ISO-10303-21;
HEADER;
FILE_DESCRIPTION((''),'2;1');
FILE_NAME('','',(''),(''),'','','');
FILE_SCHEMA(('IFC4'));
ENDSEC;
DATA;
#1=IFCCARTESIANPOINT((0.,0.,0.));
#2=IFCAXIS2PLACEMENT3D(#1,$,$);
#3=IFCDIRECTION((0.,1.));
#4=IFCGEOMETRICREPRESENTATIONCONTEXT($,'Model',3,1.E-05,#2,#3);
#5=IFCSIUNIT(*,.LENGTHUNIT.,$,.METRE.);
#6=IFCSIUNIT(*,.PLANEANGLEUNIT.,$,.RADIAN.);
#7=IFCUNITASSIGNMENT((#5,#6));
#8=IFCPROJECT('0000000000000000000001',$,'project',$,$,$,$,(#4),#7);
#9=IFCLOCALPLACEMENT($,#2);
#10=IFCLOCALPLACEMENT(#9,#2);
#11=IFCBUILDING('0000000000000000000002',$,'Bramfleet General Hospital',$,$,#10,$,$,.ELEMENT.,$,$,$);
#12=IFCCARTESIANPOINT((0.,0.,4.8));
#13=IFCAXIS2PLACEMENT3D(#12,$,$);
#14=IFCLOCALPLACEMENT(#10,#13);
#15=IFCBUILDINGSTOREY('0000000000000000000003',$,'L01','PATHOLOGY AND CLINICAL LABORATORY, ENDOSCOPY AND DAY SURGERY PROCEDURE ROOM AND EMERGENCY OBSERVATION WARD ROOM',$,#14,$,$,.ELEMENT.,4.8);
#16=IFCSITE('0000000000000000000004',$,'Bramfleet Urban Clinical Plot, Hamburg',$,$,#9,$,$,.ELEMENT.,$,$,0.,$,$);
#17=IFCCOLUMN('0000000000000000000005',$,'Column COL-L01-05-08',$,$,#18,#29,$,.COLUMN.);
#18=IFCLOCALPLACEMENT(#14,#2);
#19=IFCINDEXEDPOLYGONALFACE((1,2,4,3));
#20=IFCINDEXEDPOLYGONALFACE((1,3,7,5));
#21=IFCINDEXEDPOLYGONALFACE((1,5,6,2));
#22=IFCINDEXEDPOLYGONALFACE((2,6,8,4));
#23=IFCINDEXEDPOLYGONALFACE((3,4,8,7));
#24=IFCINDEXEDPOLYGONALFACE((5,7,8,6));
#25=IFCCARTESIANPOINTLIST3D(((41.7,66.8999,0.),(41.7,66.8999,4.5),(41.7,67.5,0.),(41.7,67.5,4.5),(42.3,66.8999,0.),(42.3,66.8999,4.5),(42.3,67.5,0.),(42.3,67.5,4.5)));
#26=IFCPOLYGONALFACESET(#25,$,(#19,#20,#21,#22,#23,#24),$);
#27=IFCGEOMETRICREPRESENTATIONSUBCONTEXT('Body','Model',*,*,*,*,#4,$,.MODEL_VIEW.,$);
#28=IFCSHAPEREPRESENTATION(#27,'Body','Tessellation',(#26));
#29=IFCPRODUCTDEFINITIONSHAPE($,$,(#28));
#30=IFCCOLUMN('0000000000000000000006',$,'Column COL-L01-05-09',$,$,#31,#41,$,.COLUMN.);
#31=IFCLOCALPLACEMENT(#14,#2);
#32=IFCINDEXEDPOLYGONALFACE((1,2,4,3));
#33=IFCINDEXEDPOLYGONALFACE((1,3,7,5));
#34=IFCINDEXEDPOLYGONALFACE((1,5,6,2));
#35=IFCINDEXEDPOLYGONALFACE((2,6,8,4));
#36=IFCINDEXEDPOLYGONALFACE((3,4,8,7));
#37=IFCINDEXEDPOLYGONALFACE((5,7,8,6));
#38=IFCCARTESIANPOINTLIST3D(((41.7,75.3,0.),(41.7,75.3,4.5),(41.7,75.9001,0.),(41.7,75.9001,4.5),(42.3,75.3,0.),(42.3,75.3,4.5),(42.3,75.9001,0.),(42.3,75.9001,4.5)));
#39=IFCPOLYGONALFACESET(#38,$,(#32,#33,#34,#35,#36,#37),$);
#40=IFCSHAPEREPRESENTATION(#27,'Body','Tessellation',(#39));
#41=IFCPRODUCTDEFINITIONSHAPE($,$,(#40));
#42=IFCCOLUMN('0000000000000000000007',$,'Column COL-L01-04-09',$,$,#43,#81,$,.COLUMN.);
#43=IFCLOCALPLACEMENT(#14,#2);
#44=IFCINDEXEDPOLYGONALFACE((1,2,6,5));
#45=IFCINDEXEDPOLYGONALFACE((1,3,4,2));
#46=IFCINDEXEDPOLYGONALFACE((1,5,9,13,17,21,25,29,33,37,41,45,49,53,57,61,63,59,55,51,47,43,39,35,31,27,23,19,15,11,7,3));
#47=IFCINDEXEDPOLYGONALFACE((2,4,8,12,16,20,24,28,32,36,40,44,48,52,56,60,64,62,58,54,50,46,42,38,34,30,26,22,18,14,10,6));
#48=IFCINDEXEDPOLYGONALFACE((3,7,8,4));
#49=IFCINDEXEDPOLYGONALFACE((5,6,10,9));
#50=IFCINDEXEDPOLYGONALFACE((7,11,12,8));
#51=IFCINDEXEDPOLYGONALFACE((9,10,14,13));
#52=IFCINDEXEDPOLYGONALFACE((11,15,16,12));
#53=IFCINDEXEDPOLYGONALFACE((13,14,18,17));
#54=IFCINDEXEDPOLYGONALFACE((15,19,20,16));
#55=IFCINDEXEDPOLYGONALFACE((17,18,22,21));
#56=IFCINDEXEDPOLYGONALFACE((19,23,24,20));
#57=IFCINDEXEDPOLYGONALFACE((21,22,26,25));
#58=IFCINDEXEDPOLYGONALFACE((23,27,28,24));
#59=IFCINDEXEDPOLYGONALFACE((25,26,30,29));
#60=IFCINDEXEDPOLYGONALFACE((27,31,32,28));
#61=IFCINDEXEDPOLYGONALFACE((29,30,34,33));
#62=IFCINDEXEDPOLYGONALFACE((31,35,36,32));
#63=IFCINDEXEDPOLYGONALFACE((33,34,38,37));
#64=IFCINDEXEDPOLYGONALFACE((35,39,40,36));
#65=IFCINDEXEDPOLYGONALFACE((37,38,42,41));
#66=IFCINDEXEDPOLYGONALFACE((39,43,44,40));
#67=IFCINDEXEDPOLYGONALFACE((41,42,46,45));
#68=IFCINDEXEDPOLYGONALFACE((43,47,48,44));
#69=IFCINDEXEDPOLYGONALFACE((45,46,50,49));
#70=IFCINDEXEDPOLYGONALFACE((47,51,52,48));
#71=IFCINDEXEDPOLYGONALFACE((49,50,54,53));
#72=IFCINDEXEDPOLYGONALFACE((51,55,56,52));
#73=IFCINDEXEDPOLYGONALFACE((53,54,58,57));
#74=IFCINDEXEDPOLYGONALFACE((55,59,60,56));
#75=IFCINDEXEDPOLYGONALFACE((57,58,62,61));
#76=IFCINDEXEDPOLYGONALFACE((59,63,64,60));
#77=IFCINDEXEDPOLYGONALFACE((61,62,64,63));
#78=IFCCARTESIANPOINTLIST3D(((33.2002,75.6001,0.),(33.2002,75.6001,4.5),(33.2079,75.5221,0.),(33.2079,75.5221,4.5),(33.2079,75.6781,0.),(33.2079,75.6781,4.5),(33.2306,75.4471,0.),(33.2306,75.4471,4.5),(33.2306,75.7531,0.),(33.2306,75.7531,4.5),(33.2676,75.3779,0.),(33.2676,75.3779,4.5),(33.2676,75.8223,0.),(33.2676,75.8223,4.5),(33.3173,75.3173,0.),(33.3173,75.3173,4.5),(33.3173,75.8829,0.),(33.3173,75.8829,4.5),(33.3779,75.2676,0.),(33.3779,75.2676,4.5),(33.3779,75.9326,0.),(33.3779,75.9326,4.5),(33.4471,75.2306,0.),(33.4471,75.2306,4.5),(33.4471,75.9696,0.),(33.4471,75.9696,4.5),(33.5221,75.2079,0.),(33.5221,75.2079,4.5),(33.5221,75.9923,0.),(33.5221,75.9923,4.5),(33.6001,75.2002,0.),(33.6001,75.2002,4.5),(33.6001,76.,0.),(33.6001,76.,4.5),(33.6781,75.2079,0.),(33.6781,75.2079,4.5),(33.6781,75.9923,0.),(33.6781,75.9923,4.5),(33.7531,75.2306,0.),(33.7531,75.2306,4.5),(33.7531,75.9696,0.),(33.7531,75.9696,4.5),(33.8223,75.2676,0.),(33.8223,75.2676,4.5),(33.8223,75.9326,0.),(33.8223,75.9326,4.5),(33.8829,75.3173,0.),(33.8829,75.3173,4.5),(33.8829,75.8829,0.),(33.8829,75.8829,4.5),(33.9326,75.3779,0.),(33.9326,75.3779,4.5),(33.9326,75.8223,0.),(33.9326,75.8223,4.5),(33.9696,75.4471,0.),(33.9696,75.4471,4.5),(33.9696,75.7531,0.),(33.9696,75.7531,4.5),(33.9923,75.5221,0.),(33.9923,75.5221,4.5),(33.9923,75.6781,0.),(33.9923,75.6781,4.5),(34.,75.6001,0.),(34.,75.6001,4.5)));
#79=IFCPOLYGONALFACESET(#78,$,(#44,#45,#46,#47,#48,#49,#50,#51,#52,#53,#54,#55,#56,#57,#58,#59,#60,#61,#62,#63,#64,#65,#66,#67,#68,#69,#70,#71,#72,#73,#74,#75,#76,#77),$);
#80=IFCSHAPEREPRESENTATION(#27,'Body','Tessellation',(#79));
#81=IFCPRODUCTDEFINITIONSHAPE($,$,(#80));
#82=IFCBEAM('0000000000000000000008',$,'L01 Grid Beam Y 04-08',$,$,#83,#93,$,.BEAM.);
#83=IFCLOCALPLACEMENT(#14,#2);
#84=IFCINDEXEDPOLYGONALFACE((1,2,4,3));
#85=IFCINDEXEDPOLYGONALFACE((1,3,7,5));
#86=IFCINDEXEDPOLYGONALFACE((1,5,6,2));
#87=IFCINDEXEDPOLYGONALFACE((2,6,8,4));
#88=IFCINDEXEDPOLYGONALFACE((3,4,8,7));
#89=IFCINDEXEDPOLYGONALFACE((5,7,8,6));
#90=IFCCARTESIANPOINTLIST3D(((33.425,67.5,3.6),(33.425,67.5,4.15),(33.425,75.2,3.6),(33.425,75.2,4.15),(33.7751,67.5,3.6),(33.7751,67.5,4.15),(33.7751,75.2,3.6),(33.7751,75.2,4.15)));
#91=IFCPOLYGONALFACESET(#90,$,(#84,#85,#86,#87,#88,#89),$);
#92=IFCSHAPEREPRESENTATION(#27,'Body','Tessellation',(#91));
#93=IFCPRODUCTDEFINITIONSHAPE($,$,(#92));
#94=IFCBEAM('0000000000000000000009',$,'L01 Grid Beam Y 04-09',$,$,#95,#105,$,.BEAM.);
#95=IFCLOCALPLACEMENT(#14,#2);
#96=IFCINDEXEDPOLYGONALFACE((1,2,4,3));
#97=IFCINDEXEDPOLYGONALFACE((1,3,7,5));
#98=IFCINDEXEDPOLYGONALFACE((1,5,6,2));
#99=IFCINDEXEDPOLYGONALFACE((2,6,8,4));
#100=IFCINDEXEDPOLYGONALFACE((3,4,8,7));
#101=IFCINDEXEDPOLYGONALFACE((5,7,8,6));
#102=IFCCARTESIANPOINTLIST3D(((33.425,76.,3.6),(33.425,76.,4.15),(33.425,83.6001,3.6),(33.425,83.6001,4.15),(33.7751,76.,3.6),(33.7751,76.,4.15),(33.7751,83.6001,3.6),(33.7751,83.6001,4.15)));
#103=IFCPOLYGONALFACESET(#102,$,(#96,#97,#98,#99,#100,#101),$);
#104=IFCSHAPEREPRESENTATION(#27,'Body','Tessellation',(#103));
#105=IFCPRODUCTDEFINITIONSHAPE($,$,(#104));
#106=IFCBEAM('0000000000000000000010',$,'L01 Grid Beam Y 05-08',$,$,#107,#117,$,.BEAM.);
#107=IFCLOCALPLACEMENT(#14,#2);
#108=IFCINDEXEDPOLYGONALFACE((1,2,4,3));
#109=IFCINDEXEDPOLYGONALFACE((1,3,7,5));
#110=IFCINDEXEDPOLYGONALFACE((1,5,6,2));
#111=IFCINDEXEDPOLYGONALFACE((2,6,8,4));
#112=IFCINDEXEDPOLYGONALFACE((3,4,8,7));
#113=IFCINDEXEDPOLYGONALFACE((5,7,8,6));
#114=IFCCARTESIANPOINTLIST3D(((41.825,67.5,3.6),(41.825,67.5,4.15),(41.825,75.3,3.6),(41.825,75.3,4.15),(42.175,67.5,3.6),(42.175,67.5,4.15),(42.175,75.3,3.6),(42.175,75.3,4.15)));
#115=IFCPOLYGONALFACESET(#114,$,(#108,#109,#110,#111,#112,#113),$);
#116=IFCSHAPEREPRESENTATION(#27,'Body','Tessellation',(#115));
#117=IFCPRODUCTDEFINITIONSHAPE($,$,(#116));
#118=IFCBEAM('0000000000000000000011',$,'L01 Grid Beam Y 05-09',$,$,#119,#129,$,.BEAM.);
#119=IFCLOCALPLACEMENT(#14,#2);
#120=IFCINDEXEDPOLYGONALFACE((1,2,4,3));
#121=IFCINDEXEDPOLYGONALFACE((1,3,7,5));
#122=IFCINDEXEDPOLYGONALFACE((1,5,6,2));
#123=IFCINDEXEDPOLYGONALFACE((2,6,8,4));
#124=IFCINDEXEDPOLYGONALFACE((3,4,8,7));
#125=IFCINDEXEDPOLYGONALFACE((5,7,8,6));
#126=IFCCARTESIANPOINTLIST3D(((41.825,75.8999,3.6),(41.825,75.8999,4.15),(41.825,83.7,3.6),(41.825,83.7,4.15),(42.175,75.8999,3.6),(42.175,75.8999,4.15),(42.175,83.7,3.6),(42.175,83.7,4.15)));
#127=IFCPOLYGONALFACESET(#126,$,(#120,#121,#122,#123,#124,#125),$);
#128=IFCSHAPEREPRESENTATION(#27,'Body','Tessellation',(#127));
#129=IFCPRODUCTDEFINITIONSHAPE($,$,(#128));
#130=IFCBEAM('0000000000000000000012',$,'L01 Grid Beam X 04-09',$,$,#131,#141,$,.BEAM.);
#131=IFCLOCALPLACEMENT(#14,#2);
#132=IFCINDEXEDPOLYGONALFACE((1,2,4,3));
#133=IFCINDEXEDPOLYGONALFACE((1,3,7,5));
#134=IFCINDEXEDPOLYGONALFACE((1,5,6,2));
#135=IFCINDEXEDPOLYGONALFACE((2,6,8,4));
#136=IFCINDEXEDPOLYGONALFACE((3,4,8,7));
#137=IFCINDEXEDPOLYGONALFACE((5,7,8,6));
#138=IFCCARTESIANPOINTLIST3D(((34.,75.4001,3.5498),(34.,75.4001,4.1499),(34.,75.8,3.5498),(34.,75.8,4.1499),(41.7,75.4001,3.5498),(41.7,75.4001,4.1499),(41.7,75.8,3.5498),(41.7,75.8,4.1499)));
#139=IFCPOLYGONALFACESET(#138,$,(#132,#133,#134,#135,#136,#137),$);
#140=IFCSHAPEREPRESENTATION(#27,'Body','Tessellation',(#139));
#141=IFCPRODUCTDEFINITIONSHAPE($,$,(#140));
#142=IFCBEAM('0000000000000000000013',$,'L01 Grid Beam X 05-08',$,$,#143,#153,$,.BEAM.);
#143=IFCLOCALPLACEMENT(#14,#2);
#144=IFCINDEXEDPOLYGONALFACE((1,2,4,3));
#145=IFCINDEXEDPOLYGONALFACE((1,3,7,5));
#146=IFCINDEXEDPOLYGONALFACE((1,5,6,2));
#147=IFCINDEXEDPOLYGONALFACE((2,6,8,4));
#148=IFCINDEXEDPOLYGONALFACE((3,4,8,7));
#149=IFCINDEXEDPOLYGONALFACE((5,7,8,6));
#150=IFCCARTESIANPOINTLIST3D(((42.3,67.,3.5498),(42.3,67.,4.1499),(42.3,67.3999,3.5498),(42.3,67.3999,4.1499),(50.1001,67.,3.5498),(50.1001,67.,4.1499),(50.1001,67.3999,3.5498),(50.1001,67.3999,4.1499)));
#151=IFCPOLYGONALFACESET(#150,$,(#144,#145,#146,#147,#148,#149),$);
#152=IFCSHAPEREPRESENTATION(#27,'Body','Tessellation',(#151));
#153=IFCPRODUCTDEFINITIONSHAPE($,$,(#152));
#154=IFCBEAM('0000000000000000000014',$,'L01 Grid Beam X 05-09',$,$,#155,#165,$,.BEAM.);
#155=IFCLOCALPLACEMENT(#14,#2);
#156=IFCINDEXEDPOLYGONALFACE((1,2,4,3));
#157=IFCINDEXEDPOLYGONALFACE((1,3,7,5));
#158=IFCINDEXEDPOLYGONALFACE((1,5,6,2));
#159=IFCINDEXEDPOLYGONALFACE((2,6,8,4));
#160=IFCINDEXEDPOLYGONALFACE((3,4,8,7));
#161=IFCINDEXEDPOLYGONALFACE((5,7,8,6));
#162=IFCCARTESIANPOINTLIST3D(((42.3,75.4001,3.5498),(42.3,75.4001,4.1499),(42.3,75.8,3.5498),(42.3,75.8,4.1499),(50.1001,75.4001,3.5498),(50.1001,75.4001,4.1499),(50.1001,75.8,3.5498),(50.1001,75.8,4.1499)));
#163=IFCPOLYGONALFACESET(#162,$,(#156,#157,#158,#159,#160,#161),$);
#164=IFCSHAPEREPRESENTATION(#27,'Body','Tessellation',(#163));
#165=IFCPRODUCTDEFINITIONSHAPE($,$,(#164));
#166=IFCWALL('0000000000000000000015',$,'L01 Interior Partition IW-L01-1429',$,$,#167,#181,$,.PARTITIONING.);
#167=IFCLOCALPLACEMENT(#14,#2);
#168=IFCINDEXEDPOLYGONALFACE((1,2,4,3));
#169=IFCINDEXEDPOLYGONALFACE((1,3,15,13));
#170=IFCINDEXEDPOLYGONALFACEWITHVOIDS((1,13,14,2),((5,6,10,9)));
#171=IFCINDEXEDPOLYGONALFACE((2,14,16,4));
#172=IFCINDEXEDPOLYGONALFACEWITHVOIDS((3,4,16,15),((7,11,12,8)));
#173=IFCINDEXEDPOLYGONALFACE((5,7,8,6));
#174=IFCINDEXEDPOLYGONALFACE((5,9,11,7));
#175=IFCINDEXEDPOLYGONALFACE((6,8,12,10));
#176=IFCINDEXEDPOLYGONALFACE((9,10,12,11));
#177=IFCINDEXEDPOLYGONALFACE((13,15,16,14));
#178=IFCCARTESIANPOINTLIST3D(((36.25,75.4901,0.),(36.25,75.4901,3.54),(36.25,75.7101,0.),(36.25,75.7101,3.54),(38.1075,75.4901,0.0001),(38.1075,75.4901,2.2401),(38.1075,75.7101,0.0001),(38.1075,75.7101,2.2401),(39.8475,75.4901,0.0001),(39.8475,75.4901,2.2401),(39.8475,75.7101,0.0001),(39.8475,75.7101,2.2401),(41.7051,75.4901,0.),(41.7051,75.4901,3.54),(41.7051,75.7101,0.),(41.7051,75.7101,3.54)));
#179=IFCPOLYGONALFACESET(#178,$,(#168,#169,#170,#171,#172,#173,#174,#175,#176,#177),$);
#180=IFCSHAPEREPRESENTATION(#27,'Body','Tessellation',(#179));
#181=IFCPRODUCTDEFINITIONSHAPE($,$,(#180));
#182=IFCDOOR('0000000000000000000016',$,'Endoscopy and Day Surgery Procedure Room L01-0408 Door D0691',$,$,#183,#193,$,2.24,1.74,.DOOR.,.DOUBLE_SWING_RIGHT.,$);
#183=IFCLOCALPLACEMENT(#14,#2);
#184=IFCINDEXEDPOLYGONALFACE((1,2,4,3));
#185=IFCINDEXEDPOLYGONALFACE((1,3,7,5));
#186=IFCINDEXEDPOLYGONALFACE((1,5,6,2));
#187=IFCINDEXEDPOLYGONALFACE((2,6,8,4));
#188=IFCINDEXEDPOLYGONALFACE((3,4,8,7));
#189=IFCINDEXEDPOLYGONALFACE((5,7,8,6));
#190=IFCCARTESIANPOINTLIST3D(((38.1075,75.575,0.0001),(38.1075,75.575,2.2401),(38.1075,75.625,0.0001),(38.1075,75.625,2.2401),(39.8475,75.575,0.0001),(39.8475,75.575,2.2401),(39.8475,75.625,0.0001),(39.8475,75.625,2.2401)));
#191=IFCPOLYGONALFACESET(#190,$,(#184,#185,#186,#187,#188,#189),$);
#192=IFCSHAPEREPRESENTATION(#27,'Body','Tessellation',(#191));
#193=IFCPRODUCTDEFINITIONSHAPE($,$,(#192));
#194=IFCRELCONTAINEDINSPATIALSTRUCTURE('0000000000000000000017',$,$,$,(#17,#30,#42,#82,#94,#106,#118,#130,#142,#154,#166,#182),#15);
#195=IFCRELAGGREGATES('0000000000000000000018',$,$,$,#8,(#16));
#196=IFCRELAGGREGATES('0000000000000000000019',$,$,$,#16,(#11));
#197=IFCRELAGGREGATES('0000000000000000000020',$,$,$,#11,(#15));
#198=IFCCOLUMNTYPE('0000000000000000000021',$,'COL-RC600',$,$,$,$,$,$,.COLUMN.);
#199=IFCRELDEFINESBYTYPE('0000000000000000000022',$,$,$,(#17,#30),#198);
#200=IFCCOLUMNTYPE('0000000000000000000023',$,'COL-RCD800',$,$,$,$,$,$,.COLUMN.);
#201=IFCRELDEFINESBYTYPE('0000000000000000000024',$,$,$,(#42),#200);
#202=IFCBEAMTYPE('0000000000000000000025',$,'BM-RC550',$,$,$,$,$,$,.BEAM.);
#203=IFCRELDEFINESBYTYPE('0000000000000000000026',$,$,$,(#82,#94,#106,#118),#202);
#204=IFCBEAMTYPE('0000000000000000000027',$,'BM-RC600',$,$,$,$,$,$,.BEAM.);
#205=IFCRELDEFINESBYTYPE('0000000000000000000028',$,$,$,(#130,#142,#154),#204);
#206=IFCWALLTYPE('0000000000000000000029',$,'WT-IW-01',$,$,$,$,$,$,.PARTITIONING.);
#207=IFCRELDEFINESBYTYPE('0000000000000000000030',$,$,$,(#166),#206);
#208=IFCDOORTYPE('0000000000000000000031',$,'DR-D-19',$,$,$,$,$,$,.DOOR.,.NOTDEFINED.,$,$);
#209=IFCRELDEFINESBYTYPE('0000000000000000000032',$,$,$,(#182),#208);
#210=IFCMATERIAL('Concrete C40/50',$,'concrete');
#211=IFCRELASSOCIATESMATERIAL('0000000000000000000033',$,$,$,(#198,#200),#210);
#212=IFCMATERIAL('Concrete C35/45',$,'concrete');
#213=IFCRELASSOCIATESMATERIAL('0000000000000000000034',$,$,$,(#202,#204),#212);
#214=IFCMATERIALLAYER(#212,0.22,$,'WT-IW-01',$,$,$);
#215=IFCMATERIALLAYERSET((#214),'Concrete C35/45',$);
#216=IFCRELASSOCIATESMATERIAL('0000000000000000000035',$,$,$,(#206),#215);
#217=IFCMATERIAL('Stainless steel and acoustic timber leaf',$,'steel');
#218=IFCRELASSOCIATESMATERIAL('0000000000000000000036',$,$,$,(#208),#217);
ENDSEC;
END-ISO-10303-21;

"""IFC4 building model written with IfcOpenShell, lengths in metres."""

from ifc_helpers import new_model, si_unit, direction, frame, frame_2d, origin, origin_2d, place, context, subcontext, project, spatial, rectangle, circle, extrude, material, layer, layer_set, material_profile, profile_set, type_object, element, fill, save


model = new_model("IFC4")

# Units and contexts
model_context = context("Model", 3, precision=1e-05, world=origin(), true_north=direction((0.0, 1.0)))
body_context = subcontext(model_context, "Body", "Model", "MODEL_VIEW")
ifc_project = project(units=[si_unit("LENGTHUNIT", "METRE"), si_unit("PLANEANGLEUNIT", "RADIAN")], contexts=[model_context])

# Site, building, storey
site_placement = place(None, origin())
site = spatial("IfcSite", under=ifc_project, at=site_placement, Name="Bramfleet Urban Clinical Plot, Hamburg", CompositionType="ELEMENT", RefElevation=0.0)
building_placement = place(site_placement, origin())
building = spatial("IfcBuilding", under=site, at=building_placement, Name="Bramfleet General Hospital", CompositionType="ELEMENT")
storey_placement = place(building_placement, frame((0.0, 0.0, 4.8)))
storey = spatial("IfcBuildingStorey", under=building, at=storey_placement, Name="L01", Description="PATHOLOGY AND CLINICAL LABORATORY, ENDOSCOPY AND DAY SURGERY PROCEDURE ROOM AND EMERGENCY OBSERVATION WARD ROOM", CompositionType="ELEMENT", Elevation=4.8)

# Columns
ifc_material_1 = material(Name="Concrete C40/50", Category="concrete")
ifc_material_profile_1 = material_profile(ifc_material_1, rectangle(XDim=0.6001, YDim=0.6001, at=origin_2d()), Name="RC COL 600x600")
ifc_profile_set_1 = profile_set([ifc_material_profile_1], Name="Concrete C40/50")
column_type_1 = type_object("IfcColumnType", Name="COL-RC600", PredefinedType="COLUMN", material=ifc_profile_set_1)
for number, where, z_axis, x_axis, name in (
    (1, (42.0, 67.2, 0.0), (0.0, 0.0, 1.0), (1.0, 0.0, 0.0), "Column COL-L01-05-08"),
    (2, (42.0, 75.6001, 0.0), (0.0, 0.0, 1.0), (1.0, 0.0, 0.0), "Column COL-L01-05-09"),
):
    element("IfcColumn", number, at=place(storey_placement, frame(where, z_axis=z_axis, x_axis=x_axis)), inside=storey, type_object=column_type_1, Name=name, PredefinedType="COLUMN", context=body_context, shape_type="SweptSolid", body=[
        extrude(rectangle(XDim=0.6001, YDim=0.6001, at=origin_2d()), origin(), (0.0, 0.0, 1.0), 4.5),
    ])
ifc_material_profile_2 = material_profile(ifc_material_1, circle(Radius=0.3999, at=origin_2d()), Name="RC ROUND D800")
ifc_profile_set_2 = profile_set([ifc_material_profile_2], Name="Concrete C40/50")
column_type_2 = type_object("IfcColumnType", Name="COL-RCD800", PredefinedType="COLUMN", material=ifc_profile_set_2)
column_placement = place(storey_placement, frame((33.6001, 75.6001, 0.0), z_axis=(0.0, 0.0, 1.0), x_axis=(1.0, 0.0, 0.0)))
element("IfcColumn", 3, at=column_placement, inside=storey, type_object=column_type_2, Name="Column COL-L01-04-09", PredefinedType="COLUMN", context=body_context, shape_type="SweptSolid", body=[
    extrude(circle(Radius=0.3999, at=origin_2d()), origin(), (0.0, 0.0, 1.0), 4.5),
])

# Beams
ifc_material_2 = material(Name="Concrete C35/45", Category="concrete")
ifc_material_profile_3 = material_profile(ifc_material_2, rectangle(XDim=0.3501, YDim=0.55, at=origin_2d()), Name="RC BM 550x350")
ifc_profile_set_3 = profile_set([ifc_material_profile_3], Name="Concrete C35/45")
beam_type_1 = type_object("IfcBeamType", Name="BM-RC550", PredefinedType="BEAM", material=ifc_profile_set_3)
beam_1_placement = place(storey_placement, frame((33.6001, 67.5, 3.875), z_axis=(0.0, 1.0, 0.0), x_axis=(-1.0, 0.0, 0.0)))
element("IfcBeam", 4, at=beam_1_placement, inside=storey, type_object=beam_type_1, Name="L01 Grid Beam Y 04-08", PredefinedType="BEAM", context=body_context, shape_type="SweptSolid", body=[
    extrude(rectangle(XDim=0.3501, YDim=0.55, at=origin_2d()), origin(), (0.0, 0.0, 1.0), 7.7),
])
beam_2_placement = place(storey_placement, frame((33.6001, 76.0, 3.875), z_axis=(0.0, 1.0, 0.0), x_axis=(-1.0, 0.0, 0.0)))
element("IfcBeam", 5, at=beam_2_placement, inside=storey, type_object=beam_type_1, Name="L01 Grid Beam Y 04-09", PredefinedType="BEAM", context=body_context, shape_type="SweptSolid", body=[
    extrude(rectangle(XDim=0.3501, YDim=0.55, at=origin_2d()), origin(), (0.0, 0.0, 1.0), 7.6001),
])
for number, where, z_axis, x_axis, name in (
    (6, (42.0, 67.5, 3.875), (0.0, 1.0, 0.0), (-1.0, 0.0, 0.0), "L01 Grid Beam Y 05-08"),
    (7, (42.0, 75.8999, 3.875), (0.0, 1.0, 0.0), (-1.0, 0.0, 0.0), "L01 Grid Beam Y 05-09"),
):
    element("IfcBeam", number, at=place(storey_placement, frame(where, z_axis=z_axis, x_axis=x_axis)), inside=storey, type_object=beam_type_1, Name=name, PredefinedType="BEAM", context=body_context, shape_type="SweptSolid", body=[
        extrude(rectangle(XDim=0.3501, YDim=0.55, at=origin_2d()), origin(), (0.0, 0.0, 1.0), 7.8),
    ])
ifc_material_profile_4 = material_profile(ifc_material_2, rectangle(XDim=0.3999, YDim=0.6001, at=origin_2d()), Name="RC BM 600x400")
ifc_profile_set_4 = profile_set([ifc_material_profile_4], Name="Concrete C35/45")
beam_type_2 = type_object("IfcBeamType", Name="BM-RC600", PredefinedType="BEAM", material=ifc_profile_set_4)
beam_3_placement = place(storey_placement, frame((34.0, 75.6001, 3.8499), z_axis=(1.0, 0.0, 0.0), x_axis=(0.0, 1.0, 0.0)))
element("IfcBeam", 8, at=beam_3_placement, inside=storey, type_object=beam_type_2, Name="L01 Grid Beam X 04-09", PredefinedType="BEAM", context=body_context, shape_type="SweptSolid", body=[
    extrude(rectangle(XDim=0.3999, YDim=0.6001, at=origin_2d()), origin(), (0.0, 0.0, 1.0), 7.7),
])
for number, where, z_axis, x_axis, name in (
    (9, (42.3, 67.2, 3.8499), (1.0, 0.0, 0.0), (0.0, 1.0, 0.0), "L01 Grid Beam X 05-08"),
    (10, (42.3, 75.6001, 3.8499), (1.0, 0.0, 0.0), (0.0, 1.0, 0.0), "L01 Grid Beam X 05-09"),
):
    element("IfcBeam", number, at=place(storey_placement, frame(where, z_axis=z_axis, x_axis=x_axis)), inside=storey, type_object=beam_type_2, Name=name, PredefinedType="BEAM", context=body_context, shape_type="SweptSolid", body=[
        extrude(rectangle(XDim=0.3999, YDim=0.6001, at=origin_2d()), origin(), (0.0, 0.0, 1.0), 7.8),
    ])

# Wall, opening, door
ifc_layer_1 = layer(ifc_material_2, 0.22, Name="WT-IW-01")
ifc_layer_set_1 = layer_set([ifc_layer_1], Name="Concrete C35/45")
wall_type_1 = type_object("IfcWallType", Name="WT-IW-01", PredefinedType="PARTITIONING", material=ifc_layer_set_1)
wall_1_placement = place(storey_placement, frame((36.25, 75.6001, 0.0), z_axis=(0.0, 0.0, 1.0), x_axis=(1.0, 0.0, 0.0)))
wall_1 = element("IfcWall", 11, at=wall_1_placement, inside=storey, type_object=wall_type_1, Name="L01 Interior Partition IW-L01-1429", PredefinedType="PARTITIONING", context=body_context, shape_type="SweptSolid", body=[
    extrude(rectangle(XDim=5.4551, YDim=0.22, at=frame_2d((2.7275, 0.0))), origin(), (0.0, 0.0, 1.0), 3.54),
])
opening_1_placement = place(wall_1_placement, frame((1.8574, 0.0, 0.0)))
opening_1 = element("IfcOpeningElement", 12, at=opening_1_placement, cuts=wall_1, PredefinedType="OPENING", context=body_context, shape_type="SweptSolid", body=[
    extrude(rectangle(XDim=1.74, YDim=2.24, at=frame_2d((0.8701, 1.1201))), frame((0.0, 0.1199, 0.0), z_axis=(0.0, -1.0, 0.0), x_axis=(1.0, 0.0, 0.0)), (0.0, 0.0, 1.0), 0.24),
])
ifc_material_3 = material(Name="Stainless steel and acoustic timber leaf", Category="steel")
door_type_1 = type_object("IfcDoorType", Name="DR-D-19", OperationType="NOTDEFINED", PredefinedType="DOOR", material=ifc_material_3)
door_1_placement = place(opening_1_placement, origin())
door_1 = element("IfcDoor", 13, at=door_1_placement, inside=storey, type_object=door_type_1, Name="Endoscopy and Day Surgery Procedure Room L01-0408 Door D0691", OperationType="DOUBLE_SWING_RIGHT", OverallHeight=2.24, OverallWidth=1.74, PredefinedType="DOOR", context=body_context, shape_type="SweptSolid", body=[
    extrude(rectangle(XDim=1.74, YDim=2.24, at=frame_2d((0.8701, 1.1201))), frame((0.0, 0.0249, 0.0), z_axis=(0.0, -1.0, 0.0), x_axis=(1.0, 0.0, 0.0)), (0.0, 0.0, 1.0), 0.05),
])
fill(opening_1, door_1)

save(model, "model.ifc")
